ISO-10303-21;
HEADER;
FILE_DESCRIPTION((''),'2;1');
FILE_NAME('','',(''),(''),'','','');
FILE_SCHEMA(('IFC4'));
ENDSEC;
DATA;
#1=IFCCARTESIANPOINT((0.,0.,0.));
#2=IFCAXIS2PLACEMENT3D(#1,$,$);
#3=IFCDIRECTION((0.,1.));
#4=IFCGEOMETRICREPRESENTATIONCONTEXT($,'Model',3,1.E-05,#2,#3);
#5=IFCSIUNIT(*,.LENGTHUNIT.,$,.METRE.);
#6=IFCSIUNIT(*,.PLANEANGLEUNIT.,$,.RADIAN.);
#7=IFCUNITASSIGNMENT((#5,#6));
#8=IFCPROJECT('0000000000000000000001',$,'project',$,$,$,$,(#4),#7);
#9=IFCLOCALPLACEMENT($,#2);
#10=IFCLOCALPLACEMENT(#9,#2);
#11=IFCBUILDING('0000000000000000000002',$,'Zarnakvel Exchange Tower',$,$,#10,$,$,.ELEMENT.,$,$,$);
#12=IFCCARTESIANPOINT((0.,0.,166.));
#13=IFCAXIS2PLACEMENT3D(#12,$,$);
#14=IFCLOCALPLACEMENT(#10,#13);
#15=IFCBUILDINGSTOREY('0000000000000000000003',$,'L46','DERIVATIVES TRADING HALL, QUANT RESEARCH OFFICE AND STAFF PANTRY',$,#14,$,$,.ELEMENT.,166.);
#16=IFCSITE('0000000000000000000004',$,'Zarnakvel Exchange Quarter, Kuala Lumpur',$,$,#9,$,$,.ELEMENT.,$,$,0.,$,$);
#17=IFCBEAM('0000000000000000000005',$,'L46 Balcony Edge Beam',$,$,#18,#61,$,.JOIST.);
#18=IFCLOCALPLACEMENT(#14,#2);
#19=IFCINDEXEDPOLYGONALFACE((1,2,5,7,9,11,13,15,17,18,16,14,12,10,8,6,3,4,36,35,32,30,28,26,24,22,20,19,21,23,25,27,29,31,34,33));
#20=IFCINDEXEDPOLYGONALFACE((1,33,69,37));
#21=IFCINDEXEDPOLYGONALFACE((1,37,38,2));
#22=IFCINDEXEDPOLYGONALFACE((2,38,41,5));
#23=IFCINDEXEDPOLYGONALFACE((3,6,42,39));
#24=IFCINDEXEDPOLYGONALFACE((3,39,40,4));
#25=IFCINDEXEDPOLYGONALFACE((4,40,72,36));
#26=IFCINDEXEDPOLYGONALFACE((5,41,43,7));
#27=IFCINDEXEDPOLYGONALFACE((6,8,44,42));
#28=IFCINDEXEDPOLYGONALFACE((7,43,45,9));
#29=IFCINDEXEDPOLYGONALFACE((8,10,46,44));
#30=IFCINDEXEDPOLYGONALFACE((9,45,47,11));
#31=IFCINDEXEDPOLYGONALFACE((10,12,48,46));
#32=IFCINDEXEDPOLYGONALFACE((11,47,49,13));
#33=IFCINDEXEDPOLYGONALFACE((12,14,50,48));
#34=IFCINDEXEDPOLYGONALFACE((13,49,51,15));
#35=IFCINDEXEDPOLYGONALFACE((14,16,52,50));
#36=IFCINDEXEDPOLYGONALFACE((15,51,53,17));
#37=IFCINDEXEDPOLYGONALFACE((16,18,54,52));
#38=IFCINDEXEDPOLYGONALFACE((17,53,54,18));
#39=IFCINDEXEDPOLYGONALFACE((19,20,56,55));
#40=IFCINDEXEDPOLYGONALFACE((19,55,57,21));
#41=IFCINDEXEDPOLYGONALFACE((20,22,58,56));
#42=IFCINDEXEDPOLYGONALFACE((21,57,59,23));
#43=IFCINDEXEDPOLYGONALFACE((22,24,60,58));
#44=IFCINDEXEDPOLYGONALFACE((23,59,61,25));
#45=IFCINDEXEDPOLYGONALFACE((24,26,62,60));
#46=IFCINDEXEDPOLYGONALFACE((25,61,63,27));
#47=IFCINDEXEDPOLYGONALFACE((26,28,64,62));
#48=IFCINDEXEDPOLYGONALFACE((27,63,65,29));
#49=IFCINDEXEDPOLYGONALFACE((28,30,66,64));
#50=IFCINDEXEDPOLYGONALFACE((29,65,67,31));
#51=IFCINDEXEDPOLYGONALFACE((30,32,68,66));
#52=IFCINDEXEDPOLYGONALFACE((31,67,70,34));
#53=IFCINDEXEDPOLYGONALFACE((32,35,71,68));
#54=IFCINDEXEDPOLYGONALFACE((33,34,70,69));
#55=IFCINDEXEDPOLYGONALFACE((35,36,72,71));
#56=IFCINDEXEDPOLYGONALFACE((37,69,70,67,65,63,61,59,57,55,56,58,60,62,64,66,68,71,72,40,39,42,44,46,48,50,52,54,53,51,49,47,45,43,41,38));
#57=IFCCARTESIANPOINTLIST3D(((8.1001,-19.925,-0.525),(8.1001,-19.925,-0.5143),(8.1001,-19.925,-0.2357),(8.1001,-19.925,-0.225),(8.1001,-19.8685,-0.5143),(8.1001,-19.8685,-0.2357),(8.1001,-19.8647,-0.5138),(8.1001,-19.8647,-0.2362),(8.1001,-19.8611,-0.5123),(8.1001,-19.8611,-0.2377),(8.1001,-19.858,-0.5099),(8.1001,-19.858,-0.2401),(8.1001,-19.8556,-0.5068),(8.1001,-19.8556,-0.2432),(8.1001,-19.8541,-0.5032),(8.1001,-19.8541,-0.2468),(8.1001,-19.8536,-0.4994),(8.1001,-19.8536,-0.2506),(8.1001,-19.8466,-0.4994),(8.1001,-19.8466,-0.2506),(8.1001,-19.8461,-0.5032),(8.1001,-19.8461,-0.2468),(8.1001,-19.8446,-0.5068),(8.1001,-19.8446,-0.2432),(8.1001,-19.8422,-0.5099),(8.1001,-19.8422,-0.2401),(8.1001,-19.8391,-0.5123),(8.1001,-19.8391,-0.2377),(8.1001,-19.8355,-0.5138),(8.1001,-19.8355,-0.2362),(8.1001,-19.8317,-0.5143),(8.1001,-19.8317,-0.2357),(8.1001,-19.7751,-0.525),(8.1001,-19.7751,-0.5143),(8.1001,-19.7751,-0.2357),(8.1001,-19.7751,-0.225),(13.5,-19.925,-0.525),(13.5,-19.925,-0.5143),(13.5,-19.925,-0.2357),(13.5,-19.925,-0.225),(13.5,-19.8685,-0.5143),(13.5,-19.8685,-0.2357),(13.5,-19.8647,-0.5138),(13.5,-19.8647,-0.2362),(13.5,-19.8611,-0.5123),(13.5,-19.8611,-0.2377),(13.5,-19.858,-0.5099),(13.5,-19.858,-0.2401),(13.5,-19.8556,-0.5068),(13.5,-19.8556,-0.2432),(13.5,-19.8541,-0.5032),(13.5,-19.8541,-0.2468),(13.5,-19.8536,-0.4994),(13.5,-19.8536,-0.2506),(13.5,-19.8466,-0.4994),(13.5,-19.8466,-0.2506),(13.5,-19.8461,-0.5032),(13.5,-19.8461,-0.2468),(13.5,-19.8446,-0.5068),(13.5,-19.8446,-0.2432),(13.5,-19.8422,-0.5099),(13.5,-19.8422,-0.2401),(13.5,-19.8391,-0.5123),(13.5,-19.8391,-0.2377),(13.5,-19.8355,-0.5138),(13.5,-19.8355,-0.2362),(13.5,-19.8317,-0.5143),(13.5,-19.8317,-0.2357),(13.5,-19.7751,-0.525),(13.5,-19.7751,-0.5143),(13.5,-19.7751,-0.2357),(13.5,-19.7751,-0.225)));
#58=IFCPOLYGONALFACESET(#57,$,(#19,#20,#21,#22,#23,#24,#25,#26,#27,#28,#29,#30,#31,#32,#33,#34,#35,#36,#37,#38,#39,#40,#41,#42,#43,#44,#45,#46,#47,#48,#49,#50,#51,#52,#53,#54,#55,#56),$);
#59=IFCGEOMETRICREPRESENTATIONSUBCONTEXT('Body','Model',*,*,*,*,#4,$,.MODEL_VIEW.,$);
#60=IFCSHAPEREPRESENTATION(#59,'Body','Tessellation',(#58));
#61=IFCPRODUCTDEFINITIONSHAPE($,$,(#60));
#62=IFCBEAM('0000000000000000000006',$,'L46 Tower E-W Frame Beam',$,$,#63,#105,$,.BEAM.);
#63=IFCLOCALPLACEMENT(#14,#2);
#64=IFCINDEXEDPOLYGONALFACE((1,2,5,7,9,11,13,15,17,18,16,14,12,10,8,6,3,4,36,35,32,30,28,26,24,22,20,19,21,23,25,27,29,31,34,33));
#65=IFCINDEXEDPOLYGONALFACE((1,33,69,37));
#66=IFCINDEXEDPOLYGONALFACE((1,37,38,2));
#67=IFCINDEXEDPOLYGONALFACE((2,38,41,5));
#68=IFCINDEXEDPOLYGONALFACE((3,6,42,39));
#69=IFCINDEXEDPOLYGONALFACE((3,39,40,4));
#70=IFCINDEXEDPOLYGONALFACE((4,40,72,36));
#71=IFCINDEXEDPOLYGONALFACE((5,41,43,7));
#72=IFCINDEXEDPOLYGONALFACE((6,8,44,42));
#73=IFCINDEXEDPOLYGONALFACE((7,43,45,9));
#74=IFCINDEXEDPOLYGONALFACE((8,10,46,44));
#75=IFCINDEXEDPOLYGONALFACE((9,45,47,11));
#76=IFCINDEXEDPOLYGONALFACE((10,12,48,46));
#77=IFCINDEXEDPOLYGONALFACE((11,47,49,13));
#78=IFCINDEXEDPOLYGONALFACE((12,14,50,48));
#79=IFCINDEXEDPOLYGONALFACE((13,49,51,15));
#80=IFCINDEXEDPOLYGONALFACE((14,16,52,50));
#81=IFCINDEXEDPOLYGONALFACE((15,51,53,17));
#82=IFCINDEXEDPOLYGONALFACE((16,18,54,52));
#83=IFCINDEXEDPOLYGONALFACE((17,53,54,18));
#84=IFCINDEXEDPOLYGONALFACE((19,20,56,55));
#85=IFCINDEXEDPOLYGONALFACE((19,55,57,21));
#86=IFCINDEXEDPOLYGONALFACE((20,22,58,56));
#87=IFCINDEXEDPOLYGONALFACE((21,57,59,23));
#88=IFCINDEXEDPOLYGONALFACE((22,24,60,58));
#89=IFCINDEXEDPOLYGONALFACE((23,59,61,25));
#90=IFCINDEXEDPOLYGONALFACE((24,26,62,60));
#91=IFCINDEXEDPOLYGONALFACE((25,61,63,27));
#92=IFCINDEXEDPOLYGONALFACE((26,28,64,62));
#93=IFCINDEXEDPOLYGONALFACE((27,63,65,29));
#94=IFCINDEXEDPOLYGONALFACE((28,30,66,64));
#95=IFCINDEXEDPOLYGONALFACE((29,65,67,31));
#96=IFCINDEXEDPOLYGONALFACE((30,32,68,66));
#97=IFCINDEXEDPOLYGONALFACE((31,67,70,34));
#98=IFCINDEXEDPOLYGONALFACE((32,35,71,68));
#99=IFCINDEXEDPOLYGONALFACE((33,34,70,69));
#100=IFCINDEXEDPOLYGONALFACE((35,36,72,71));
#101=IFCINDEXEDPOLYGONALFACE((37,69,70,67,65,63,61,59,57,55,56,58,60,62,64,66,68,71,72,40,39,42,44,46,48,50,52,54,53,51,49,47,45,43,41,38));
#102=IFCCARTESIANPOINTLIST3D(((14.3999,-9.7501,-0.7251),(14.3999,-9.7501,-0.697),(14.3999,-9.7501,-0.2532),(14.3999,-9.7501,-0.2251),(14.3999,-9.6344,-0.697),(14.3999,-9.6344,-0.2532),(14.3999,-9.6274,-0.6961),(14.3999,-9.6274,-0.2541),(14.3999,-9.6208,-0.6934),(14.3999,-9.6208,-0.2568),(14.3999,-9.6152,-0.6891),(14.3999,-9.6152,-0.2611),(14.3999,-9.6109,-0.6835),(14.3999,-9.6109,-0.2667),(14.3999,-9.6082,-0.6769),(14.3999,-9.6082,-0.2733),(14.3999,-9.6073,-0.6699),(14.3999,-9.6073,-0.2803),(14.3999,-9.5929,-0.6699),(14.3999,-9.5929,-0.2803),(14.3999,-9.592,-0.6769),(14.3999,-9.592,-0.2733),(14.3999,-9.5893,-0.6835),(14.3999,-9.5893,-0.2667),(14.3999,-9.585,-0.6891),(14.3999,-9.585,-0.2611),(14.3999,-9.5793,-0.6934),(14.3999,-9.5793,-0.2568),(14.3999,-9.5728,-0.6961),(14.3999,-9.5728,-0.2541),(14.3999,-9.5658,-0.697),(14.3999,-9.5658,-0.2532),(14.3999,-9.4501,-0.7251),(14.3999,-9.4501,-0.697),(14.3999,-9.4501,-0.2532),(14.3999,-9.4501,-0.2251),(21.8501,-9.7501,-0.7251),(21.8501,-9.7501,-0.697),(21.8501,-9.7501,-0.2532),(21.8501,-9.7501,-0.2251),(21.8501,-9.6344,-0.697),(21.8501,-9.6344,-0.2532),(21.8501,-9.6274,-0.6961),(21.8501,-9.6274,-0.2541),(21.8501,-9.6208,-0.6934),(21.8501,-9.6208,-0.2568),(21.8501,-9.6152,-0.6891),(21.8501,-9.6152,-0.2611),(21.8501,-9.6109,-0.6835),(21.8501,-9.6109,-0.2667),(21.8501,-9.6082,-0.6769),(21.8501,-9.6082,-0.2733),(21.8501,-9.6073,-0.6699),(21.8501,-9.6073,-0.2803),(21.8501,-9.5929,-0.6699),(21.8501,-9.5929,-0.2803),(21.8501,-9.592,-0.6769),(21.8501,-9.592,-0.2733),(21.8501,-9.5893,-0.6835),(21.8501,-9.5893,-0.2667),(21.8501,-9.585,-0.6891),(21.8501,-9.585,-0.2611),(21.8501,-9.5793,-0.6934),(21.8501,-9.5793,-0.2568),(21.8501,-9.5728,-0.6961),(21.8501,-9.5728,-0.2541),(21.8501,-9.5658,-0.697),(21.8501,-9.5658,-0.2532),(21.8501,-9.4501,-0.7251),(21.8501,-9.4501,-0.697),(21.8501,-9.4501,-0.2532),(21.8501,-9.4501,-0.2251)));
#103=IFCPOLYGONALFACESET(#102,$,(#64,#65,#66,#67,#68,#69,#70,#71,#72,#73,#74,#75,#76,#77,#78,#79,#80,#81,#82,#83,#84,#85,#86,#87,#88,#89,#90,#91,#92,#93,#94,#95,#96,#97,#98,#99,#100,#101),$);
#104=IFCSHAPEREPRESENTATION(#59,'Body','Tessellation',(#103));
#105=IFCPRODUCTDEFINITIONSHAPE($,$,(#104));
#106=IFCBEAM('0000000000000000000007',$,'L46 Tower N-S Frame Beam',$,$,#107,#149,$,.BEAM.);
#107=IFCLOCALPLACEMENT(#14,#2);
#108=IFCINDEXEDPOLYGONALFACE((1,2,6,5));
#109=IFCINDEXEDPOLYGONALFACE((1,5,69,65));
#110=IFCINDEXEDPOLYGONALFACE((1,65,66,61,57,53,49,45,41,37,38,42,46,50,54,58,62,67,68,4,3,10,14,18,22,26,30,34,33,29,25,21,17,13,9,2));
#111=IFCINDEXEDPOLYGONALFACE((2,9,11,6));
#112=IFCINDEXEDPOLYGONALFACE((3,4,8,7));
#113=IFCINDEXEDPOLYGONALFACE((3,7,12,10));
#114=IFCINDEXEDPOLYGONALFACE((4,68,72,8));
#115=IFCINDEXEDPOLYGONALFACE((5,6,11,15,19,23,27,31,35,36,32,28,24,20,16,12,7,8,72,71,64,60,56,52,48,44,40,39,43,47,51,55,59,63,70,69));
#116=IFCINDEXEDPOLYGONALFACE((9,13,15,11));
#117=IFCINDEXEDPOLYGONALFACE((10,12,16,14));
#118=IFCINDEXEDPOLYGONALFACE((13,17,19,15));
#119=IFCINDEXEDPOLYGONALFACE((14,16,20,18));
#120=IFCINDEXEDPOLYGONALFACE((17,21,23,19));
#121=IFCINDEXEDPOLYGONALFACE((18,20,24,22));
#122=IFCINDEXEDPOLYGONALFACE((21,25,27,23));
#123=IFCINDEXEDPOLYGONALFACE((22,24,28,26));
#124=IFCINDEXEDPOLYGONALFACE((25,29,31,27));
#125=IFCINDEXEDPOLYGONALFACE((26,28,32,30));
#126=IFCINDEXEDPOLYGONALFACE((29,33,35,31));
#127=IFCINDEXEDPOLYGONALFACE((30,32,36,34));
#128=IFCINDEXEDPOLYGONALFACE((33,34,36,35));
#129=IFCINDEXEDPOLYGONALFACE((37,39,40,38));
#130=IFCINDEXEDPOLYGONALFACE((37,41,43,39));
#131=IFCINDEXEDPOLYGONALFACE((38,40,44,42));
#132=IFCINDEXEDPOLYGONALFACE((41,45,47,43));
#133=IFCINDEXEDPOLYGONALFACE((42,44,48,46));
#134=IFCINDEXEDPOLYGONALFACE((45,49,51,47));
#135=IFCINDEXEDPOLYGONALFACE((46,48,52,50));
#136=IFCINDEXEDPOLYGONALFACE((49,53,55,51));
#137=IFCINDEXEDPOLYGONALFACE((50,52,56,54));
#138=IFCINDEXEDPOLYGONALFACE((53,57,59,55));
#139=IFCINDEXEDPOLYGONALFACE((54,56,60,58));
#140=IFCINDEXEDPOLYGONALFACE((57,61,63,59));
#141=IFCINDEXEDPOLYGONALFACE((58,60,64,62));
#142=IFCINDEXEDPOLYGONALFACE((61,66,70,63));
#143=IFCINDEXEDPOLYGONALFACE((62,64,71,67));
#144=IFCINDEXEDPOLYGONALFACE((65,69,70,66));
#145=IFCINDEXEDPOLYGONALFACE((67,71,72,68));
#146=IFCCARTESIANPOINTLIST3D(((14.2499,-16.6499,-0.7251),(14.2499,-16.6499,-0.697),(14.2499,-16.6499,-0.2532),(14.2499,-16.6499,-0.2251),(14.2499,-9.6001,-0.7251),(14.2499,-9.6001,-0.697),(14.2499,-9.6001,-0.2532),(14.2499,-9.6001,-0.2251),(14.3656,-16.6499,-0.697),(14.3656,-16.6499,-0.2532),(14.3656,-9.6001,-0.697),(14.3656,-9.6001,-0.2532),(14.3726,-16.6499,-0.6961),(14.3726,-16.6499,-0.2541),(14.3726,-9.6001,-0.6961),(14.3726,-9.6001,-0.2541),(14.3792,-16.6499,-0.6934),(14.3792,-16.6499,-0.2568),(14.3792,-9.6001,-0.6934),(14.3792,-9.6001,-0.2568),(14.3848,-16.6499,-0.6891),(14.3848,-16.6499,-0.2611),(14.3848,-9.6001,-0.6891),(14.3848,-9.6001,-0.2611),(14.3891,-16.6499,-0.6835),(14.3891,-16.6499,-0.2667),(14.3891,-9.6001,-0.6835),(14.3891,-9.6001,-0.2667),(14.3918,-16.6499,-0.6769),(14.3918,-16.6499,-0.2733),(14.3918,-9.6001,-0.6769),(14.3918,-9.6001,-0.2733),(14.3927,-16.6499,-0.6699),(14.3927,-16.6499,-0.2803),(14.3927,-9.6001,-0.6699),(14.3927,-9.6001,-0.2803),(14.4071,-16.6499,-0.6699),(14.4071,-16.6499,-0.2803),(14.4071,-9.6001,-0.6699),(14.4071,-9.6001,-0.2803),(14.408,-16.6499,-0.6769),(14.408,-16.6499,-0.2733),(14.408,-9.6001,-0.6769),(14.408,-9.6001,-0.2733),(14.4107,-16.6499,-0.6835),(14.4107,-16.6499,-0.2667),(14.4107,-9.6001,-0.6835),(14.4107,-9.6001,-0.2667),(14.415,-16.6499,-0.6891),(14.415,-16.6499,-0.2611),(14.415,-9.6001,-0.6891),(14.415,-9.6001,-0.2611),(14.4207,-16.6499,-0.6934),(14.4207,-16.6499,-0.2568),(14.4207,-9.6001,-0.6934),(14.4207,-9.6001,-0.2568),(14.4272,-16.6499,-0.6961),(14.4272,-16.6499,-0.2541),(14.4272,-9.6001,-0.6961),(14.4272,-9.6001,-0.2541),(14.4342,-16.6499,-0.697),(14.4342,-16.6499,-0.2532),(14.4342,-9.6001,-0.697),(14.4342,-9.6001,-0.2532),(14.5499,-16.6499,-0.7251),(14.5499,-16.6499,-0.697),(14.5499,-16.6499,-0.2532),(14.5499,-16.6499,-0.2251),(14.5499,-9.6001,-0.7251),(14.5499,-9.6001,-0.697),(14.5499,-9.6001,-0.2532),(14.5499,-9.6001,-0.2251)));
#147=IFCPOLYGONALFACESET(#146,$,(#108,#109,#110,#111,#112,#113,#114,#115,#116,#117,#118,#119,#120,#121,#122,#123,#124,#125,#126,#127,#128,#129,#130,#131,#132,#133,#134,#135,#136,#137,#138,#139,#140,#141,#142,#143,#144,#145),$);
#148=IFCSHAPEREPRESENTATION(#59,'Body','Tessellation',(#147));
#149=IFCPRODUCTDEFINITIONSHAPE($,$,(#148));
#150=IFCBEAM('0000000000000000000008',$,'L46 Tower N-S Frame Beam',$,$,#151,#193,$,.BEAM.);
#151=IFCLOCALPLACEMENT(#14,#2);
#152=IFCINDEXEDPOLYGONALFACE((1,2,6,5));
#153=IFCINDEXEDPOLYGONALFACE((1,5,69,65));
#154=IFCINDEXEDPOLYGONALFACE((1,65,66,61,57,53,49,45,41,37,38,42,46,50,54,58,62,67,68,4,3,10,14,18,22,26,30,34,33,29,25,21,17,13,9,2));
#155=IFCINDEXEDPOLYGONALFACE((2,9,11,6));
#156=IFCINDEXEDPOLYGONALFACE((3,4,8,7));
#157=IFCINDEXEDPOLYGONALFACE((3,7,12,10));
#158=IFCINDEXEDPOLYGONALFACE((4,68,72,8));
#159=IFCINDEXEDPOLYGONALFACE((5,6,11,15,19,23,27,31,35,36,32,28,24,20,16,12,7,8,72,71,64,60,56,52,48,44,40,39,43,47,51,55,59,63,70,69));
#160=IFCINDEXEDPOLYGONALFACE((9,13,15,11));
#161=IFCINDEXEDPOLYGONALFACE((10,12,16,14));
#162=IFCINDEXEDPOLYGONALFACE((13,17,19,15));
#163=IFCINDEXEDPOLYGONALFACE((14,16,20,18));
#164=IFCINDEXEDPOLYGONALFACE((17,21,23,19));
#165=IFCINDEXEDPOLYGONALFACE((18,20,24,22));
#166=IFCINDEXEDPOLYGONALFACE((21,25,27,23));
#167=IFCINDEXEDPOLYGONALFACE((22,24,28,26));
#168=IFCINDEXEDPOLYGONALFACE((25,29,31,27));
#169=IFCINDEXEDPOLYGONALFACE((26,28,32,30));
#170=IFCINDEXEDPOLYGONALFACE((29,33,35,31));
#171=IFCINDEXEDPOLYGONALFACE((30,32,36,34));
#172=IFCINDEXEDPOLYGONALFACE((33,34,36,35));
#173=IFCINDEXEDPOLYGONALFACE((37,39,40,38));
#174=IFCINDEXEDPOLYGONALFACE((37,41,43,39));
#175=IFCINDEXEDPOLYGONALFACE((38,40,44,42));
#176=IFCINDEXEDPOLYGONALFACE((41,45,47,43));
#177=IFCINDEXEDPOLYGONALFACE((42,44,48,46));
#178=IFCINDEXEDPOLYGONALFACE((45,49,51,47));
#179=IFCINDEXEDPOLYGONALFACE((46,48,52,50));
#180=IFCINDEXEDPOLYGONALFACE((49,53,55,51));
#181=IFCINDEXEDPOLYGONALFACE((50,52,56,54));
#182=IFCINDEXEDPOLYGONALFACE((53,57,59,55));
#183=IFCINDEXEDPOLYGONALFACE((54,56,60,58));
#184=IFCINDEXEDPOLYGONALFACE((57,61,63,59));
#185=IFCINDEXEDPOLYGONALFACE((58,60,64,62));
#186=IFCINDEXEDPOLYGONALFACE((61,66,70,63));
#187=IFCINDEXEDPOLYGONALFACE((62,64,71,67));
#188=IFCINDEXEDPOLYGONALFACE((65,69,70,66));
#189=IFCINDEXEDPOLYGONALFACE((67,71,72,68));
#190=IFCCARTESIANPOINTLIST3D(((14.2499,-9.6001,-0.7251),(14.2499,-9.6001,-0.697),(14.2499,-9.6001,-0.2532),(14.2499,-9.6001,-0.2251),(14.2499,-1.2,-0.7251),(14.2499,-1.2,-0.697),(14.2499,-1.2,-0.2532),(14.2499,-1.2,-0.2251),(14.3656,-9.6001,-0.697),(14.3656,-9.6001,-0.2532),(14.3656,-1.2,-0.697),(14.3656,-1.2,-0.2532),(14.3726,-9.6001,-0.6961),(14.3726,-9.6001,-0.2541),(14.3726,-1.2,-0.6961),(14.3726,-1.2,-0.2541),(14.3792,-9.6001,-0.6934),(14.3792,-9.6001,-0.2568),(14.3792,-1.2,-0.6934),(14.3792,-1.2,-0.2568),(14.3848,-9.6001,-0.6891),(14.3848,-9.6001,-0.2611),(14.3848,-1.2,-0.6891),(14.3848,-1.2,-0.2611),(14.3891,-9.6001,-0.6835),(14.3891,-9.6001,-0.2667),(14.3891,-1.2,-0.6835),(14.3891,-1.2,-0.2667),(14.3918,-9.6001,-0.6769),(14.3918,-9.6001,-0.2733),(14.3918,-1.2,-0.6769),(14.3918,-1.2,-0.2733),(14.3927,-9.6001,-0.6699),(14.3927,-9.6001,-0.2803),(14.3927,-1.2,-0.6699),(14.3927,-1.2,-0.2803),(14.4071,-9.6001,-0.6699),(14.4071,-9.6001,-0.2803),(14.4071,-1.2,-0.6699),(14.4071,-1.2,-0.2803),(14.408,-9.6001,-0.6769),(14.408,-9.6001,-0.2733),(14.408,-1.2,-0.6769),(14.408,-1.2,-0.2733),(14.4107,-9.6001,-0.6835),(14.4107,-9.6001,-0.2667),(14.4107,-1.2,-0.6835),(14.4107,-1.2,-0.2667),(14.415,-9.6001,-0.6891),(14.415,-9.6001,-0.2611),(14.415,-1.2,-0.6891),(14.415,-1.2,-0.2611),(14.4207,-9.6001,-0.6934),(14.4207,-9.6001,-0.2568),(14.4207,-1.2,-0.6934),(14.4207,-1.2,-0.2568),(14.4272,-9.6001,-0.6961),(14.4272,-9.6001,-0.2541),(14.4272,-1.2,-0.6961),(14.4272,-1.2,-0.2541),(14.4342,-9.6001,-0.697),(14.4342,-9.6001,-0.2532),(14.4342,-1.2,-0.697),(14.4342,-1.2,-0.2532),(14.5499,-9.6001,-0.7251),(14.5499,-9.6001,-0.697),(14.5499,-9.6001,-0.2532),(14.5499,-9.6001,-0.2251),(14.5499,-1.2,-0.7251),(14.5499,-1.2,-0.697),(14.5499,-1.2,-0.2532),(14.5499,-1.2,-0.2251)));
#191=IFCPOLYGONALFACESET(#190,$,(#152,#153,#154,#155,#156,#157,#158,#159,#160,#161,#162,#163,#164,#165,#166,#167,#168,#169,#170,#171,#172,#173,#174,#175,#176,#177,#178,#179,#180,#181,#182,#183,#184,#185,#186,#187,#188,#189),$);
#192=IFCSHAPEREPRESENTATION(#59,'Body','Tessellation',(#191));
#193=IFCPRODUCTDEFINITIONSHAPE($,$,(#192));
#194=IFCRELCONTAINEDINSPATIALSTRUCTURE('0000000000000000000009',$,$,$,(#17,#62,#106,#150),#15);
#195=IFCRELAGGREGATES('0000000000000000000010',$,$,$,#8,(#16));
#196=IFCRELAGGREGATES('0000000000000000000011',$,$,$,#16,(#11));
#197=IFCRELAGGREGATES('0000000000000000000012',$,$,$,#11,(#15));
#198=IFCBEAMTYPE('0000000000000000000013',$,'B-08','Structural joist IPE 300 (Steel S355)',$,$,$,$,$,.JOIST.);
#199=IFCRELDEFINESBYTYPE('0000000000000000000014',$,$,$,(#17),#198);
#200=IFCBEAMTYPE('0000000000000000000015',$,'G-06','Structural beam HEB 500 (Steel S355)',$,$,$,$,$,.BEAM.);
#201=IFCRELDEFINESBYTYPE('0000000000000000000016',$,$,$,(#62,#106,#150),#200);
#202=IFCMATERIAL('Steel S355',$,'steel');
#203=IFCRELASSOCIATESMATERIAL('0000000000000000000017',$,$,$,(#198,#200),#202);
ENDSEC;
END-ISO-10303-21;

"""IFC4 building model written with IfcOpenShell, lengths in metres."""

from ifc_helpers import new_model, si_unit, direction, frame, origin, origin_2d, place, context, subcontext, project, spatial, i_section, extrude, material, material_profile, profile_set, type_object, element, save


model = new_model("IFC4")

# Units and contexts
model_context = context("Model", 3, precision=1e-05, world=origin(), true_north=direction((0.0, 1.0)))
body_context = subcontext(model_context, "Body", "Model", "MODEL_VIEW")
ifc_project = project(units=[si_unit("LENGTHUNIT", "METRE"), si_unit("PLANEANGLEUNIT", "RADIAN")], contexts=[model_context])

# Site, building, storey
site_placement = place(None, origin())
site = spatial("IfcSite", under=ifc_project, at=site_placement, Name="Zarnakvel Exchange Quarter, Kuala Lumpur", CompositionType="ELEMENT", RefElevation=0.0)
building_placement = place(site_placement, origin())
building = spatial("IfcBuilding", under=site, at=building_placement, Name="Zarnakvel Exchange Tower", CompositionType="ELEMENT")
storey_placement = place(building_placement, frame((0.0, 0.0, 166.0)))
storey = spatial("IfcBuildingStorey", under=building, at=storey_placement, Name="L46", Description="DERIVATIVES TRADING HALL, QUANT RESEARCH OFFICE AND STAFF PANTRY", CompositionType="ELEMENT", Elevation=166.0)

# Shared definitions
ifc_material_1 = material(Name="Steel S355", Category="steel")

# Beams
ifc_material_profile_1 = material_profile(ifc_material_1, i_section(OverallWidth=0.1499, OverallDepth=0.3, WebThickness=0.0071, FlangeThickness=0.0107, FilletRadius=0.0149, at=origin_2d()))
ifc_profile_set_1 = profile_set([ifc_material_profile_1], Name="Steel S355")
beam_type_1 = type_object("IfcBeamType", Name="B-08", Description="Structural joist IPE 300 (Steel S355)", PredefinedType="JOIST", material=ifc_profile_set_1)
beam_1_placement = place(storey_placement, frame((8.1001, -19.8501, -0.375), z_axis=(1.0, 0.0, 0.0), x_axis=(0.0, 1.0, 0.0)))
element("IfcBeam", 1, at=beam_1_placement, inside=storey, type_object=beam_type_1, Name="L46 Balcony Edge Beam", PredefinedType="JOIST", context=body_context, shape_type="SweptSolid", body=[
    extrude(i_section(OverallWidth=0.1499, OverallDepth=0.3, WebThickness=0.0071, FlangeThickness=0.0107, FilletRadius=0.0149, at=origin_2d()), origin(), (0.0, 0.0, 1.0), 5.3999),
])
ifc_material_profile_2 = material_profile(ifc_material_1, i_section(OverallWidth=0.3, OverallDepth=0.5, WebThickness=0.0144, FlangeThickness=0.0281, FilletRadius=0.0271, at=origin_2d()))
ifc_profile_set_2 = profile_set([ifc_material_profile_2], Name="Steel S355")
beam_type_2 = type_object("IfcBeamType", Name="G-06", Description="Structural beam HEB 500 (Steel S355)", PredefinedType="BEAM", material=ifc_profile_set_2)
beam_2_placement = place(storey_placement, frame((14.3999, -9.6001, -0.4751), z_axis=(1.0, 0.0, 0.0), x_axis=(0.0, 1.0, 0.0)))
element("IfcBeam", 2, at=beam_2_placement, inside=storey, type_object=beam_type_2, Name="L46 Tower E-W Frame Beam", PredefinedType="BEAM", context=body_context, shape_type="SweptSolid", body=[
    extrude(i_section(OverallWidth=0.3, OverallDepth=0.5, WebThickness=0.0144, FlangeThickness=0.0281, FilletRadius=0.0271, at=origin_2d()), origin(), (0.0, 0.0, 1.0), 7.4502),
])
beam_3_placement = place(storey_placement, frame((14.3999, -16.6499, -0.4751), z_axis=(0.0, 1.0, 0.0), x_axis=(-1.0, 0.0, 0.0)))
element("IfcBeam", 3, at=beam_3_placement, inside=storey, type_object=beam_type_2, Name="L46 Tower N-S Frame Beam", PredefinedType="BEAM", context=body_context, shape_type="SweptSolid", body=[
    extrude(i_section(OverallWidth=0.3, OverallDepth=0.5, WebThickness=0.0144, FlangeThickness=0.0281, FilletRadius=0.0271, at=origin_2d()), origin(), (0.0, 0.0, 1.0), 7.0498),
])
beam_4_placement = place(storey_placement, frame((14.3999, -9.6001, -0.4751), z_axis=(0.0, 1.0, 0.0), x_axis=(-1.0, 0.0, 0.0)))
element("IfcBeam", 4, at=beam_4_placement, inside=storey, type_object=beam_type_2, Name="L46 Tower N-S Frame Beam", PredefinedType="BEAM", context=body_context, shape_type="SweptSolid", body=[
    extrude(i_section(OverallWidth=0.3, OverallDepth=0.5, WebThickness=0.0144, FlangeThickness=0.0281, FilletRadius=0.0271, at=origin_2d()), origin(), (0.0, 0.0, 1.0), 8.4001),
])

save(model, "model.ifc")
